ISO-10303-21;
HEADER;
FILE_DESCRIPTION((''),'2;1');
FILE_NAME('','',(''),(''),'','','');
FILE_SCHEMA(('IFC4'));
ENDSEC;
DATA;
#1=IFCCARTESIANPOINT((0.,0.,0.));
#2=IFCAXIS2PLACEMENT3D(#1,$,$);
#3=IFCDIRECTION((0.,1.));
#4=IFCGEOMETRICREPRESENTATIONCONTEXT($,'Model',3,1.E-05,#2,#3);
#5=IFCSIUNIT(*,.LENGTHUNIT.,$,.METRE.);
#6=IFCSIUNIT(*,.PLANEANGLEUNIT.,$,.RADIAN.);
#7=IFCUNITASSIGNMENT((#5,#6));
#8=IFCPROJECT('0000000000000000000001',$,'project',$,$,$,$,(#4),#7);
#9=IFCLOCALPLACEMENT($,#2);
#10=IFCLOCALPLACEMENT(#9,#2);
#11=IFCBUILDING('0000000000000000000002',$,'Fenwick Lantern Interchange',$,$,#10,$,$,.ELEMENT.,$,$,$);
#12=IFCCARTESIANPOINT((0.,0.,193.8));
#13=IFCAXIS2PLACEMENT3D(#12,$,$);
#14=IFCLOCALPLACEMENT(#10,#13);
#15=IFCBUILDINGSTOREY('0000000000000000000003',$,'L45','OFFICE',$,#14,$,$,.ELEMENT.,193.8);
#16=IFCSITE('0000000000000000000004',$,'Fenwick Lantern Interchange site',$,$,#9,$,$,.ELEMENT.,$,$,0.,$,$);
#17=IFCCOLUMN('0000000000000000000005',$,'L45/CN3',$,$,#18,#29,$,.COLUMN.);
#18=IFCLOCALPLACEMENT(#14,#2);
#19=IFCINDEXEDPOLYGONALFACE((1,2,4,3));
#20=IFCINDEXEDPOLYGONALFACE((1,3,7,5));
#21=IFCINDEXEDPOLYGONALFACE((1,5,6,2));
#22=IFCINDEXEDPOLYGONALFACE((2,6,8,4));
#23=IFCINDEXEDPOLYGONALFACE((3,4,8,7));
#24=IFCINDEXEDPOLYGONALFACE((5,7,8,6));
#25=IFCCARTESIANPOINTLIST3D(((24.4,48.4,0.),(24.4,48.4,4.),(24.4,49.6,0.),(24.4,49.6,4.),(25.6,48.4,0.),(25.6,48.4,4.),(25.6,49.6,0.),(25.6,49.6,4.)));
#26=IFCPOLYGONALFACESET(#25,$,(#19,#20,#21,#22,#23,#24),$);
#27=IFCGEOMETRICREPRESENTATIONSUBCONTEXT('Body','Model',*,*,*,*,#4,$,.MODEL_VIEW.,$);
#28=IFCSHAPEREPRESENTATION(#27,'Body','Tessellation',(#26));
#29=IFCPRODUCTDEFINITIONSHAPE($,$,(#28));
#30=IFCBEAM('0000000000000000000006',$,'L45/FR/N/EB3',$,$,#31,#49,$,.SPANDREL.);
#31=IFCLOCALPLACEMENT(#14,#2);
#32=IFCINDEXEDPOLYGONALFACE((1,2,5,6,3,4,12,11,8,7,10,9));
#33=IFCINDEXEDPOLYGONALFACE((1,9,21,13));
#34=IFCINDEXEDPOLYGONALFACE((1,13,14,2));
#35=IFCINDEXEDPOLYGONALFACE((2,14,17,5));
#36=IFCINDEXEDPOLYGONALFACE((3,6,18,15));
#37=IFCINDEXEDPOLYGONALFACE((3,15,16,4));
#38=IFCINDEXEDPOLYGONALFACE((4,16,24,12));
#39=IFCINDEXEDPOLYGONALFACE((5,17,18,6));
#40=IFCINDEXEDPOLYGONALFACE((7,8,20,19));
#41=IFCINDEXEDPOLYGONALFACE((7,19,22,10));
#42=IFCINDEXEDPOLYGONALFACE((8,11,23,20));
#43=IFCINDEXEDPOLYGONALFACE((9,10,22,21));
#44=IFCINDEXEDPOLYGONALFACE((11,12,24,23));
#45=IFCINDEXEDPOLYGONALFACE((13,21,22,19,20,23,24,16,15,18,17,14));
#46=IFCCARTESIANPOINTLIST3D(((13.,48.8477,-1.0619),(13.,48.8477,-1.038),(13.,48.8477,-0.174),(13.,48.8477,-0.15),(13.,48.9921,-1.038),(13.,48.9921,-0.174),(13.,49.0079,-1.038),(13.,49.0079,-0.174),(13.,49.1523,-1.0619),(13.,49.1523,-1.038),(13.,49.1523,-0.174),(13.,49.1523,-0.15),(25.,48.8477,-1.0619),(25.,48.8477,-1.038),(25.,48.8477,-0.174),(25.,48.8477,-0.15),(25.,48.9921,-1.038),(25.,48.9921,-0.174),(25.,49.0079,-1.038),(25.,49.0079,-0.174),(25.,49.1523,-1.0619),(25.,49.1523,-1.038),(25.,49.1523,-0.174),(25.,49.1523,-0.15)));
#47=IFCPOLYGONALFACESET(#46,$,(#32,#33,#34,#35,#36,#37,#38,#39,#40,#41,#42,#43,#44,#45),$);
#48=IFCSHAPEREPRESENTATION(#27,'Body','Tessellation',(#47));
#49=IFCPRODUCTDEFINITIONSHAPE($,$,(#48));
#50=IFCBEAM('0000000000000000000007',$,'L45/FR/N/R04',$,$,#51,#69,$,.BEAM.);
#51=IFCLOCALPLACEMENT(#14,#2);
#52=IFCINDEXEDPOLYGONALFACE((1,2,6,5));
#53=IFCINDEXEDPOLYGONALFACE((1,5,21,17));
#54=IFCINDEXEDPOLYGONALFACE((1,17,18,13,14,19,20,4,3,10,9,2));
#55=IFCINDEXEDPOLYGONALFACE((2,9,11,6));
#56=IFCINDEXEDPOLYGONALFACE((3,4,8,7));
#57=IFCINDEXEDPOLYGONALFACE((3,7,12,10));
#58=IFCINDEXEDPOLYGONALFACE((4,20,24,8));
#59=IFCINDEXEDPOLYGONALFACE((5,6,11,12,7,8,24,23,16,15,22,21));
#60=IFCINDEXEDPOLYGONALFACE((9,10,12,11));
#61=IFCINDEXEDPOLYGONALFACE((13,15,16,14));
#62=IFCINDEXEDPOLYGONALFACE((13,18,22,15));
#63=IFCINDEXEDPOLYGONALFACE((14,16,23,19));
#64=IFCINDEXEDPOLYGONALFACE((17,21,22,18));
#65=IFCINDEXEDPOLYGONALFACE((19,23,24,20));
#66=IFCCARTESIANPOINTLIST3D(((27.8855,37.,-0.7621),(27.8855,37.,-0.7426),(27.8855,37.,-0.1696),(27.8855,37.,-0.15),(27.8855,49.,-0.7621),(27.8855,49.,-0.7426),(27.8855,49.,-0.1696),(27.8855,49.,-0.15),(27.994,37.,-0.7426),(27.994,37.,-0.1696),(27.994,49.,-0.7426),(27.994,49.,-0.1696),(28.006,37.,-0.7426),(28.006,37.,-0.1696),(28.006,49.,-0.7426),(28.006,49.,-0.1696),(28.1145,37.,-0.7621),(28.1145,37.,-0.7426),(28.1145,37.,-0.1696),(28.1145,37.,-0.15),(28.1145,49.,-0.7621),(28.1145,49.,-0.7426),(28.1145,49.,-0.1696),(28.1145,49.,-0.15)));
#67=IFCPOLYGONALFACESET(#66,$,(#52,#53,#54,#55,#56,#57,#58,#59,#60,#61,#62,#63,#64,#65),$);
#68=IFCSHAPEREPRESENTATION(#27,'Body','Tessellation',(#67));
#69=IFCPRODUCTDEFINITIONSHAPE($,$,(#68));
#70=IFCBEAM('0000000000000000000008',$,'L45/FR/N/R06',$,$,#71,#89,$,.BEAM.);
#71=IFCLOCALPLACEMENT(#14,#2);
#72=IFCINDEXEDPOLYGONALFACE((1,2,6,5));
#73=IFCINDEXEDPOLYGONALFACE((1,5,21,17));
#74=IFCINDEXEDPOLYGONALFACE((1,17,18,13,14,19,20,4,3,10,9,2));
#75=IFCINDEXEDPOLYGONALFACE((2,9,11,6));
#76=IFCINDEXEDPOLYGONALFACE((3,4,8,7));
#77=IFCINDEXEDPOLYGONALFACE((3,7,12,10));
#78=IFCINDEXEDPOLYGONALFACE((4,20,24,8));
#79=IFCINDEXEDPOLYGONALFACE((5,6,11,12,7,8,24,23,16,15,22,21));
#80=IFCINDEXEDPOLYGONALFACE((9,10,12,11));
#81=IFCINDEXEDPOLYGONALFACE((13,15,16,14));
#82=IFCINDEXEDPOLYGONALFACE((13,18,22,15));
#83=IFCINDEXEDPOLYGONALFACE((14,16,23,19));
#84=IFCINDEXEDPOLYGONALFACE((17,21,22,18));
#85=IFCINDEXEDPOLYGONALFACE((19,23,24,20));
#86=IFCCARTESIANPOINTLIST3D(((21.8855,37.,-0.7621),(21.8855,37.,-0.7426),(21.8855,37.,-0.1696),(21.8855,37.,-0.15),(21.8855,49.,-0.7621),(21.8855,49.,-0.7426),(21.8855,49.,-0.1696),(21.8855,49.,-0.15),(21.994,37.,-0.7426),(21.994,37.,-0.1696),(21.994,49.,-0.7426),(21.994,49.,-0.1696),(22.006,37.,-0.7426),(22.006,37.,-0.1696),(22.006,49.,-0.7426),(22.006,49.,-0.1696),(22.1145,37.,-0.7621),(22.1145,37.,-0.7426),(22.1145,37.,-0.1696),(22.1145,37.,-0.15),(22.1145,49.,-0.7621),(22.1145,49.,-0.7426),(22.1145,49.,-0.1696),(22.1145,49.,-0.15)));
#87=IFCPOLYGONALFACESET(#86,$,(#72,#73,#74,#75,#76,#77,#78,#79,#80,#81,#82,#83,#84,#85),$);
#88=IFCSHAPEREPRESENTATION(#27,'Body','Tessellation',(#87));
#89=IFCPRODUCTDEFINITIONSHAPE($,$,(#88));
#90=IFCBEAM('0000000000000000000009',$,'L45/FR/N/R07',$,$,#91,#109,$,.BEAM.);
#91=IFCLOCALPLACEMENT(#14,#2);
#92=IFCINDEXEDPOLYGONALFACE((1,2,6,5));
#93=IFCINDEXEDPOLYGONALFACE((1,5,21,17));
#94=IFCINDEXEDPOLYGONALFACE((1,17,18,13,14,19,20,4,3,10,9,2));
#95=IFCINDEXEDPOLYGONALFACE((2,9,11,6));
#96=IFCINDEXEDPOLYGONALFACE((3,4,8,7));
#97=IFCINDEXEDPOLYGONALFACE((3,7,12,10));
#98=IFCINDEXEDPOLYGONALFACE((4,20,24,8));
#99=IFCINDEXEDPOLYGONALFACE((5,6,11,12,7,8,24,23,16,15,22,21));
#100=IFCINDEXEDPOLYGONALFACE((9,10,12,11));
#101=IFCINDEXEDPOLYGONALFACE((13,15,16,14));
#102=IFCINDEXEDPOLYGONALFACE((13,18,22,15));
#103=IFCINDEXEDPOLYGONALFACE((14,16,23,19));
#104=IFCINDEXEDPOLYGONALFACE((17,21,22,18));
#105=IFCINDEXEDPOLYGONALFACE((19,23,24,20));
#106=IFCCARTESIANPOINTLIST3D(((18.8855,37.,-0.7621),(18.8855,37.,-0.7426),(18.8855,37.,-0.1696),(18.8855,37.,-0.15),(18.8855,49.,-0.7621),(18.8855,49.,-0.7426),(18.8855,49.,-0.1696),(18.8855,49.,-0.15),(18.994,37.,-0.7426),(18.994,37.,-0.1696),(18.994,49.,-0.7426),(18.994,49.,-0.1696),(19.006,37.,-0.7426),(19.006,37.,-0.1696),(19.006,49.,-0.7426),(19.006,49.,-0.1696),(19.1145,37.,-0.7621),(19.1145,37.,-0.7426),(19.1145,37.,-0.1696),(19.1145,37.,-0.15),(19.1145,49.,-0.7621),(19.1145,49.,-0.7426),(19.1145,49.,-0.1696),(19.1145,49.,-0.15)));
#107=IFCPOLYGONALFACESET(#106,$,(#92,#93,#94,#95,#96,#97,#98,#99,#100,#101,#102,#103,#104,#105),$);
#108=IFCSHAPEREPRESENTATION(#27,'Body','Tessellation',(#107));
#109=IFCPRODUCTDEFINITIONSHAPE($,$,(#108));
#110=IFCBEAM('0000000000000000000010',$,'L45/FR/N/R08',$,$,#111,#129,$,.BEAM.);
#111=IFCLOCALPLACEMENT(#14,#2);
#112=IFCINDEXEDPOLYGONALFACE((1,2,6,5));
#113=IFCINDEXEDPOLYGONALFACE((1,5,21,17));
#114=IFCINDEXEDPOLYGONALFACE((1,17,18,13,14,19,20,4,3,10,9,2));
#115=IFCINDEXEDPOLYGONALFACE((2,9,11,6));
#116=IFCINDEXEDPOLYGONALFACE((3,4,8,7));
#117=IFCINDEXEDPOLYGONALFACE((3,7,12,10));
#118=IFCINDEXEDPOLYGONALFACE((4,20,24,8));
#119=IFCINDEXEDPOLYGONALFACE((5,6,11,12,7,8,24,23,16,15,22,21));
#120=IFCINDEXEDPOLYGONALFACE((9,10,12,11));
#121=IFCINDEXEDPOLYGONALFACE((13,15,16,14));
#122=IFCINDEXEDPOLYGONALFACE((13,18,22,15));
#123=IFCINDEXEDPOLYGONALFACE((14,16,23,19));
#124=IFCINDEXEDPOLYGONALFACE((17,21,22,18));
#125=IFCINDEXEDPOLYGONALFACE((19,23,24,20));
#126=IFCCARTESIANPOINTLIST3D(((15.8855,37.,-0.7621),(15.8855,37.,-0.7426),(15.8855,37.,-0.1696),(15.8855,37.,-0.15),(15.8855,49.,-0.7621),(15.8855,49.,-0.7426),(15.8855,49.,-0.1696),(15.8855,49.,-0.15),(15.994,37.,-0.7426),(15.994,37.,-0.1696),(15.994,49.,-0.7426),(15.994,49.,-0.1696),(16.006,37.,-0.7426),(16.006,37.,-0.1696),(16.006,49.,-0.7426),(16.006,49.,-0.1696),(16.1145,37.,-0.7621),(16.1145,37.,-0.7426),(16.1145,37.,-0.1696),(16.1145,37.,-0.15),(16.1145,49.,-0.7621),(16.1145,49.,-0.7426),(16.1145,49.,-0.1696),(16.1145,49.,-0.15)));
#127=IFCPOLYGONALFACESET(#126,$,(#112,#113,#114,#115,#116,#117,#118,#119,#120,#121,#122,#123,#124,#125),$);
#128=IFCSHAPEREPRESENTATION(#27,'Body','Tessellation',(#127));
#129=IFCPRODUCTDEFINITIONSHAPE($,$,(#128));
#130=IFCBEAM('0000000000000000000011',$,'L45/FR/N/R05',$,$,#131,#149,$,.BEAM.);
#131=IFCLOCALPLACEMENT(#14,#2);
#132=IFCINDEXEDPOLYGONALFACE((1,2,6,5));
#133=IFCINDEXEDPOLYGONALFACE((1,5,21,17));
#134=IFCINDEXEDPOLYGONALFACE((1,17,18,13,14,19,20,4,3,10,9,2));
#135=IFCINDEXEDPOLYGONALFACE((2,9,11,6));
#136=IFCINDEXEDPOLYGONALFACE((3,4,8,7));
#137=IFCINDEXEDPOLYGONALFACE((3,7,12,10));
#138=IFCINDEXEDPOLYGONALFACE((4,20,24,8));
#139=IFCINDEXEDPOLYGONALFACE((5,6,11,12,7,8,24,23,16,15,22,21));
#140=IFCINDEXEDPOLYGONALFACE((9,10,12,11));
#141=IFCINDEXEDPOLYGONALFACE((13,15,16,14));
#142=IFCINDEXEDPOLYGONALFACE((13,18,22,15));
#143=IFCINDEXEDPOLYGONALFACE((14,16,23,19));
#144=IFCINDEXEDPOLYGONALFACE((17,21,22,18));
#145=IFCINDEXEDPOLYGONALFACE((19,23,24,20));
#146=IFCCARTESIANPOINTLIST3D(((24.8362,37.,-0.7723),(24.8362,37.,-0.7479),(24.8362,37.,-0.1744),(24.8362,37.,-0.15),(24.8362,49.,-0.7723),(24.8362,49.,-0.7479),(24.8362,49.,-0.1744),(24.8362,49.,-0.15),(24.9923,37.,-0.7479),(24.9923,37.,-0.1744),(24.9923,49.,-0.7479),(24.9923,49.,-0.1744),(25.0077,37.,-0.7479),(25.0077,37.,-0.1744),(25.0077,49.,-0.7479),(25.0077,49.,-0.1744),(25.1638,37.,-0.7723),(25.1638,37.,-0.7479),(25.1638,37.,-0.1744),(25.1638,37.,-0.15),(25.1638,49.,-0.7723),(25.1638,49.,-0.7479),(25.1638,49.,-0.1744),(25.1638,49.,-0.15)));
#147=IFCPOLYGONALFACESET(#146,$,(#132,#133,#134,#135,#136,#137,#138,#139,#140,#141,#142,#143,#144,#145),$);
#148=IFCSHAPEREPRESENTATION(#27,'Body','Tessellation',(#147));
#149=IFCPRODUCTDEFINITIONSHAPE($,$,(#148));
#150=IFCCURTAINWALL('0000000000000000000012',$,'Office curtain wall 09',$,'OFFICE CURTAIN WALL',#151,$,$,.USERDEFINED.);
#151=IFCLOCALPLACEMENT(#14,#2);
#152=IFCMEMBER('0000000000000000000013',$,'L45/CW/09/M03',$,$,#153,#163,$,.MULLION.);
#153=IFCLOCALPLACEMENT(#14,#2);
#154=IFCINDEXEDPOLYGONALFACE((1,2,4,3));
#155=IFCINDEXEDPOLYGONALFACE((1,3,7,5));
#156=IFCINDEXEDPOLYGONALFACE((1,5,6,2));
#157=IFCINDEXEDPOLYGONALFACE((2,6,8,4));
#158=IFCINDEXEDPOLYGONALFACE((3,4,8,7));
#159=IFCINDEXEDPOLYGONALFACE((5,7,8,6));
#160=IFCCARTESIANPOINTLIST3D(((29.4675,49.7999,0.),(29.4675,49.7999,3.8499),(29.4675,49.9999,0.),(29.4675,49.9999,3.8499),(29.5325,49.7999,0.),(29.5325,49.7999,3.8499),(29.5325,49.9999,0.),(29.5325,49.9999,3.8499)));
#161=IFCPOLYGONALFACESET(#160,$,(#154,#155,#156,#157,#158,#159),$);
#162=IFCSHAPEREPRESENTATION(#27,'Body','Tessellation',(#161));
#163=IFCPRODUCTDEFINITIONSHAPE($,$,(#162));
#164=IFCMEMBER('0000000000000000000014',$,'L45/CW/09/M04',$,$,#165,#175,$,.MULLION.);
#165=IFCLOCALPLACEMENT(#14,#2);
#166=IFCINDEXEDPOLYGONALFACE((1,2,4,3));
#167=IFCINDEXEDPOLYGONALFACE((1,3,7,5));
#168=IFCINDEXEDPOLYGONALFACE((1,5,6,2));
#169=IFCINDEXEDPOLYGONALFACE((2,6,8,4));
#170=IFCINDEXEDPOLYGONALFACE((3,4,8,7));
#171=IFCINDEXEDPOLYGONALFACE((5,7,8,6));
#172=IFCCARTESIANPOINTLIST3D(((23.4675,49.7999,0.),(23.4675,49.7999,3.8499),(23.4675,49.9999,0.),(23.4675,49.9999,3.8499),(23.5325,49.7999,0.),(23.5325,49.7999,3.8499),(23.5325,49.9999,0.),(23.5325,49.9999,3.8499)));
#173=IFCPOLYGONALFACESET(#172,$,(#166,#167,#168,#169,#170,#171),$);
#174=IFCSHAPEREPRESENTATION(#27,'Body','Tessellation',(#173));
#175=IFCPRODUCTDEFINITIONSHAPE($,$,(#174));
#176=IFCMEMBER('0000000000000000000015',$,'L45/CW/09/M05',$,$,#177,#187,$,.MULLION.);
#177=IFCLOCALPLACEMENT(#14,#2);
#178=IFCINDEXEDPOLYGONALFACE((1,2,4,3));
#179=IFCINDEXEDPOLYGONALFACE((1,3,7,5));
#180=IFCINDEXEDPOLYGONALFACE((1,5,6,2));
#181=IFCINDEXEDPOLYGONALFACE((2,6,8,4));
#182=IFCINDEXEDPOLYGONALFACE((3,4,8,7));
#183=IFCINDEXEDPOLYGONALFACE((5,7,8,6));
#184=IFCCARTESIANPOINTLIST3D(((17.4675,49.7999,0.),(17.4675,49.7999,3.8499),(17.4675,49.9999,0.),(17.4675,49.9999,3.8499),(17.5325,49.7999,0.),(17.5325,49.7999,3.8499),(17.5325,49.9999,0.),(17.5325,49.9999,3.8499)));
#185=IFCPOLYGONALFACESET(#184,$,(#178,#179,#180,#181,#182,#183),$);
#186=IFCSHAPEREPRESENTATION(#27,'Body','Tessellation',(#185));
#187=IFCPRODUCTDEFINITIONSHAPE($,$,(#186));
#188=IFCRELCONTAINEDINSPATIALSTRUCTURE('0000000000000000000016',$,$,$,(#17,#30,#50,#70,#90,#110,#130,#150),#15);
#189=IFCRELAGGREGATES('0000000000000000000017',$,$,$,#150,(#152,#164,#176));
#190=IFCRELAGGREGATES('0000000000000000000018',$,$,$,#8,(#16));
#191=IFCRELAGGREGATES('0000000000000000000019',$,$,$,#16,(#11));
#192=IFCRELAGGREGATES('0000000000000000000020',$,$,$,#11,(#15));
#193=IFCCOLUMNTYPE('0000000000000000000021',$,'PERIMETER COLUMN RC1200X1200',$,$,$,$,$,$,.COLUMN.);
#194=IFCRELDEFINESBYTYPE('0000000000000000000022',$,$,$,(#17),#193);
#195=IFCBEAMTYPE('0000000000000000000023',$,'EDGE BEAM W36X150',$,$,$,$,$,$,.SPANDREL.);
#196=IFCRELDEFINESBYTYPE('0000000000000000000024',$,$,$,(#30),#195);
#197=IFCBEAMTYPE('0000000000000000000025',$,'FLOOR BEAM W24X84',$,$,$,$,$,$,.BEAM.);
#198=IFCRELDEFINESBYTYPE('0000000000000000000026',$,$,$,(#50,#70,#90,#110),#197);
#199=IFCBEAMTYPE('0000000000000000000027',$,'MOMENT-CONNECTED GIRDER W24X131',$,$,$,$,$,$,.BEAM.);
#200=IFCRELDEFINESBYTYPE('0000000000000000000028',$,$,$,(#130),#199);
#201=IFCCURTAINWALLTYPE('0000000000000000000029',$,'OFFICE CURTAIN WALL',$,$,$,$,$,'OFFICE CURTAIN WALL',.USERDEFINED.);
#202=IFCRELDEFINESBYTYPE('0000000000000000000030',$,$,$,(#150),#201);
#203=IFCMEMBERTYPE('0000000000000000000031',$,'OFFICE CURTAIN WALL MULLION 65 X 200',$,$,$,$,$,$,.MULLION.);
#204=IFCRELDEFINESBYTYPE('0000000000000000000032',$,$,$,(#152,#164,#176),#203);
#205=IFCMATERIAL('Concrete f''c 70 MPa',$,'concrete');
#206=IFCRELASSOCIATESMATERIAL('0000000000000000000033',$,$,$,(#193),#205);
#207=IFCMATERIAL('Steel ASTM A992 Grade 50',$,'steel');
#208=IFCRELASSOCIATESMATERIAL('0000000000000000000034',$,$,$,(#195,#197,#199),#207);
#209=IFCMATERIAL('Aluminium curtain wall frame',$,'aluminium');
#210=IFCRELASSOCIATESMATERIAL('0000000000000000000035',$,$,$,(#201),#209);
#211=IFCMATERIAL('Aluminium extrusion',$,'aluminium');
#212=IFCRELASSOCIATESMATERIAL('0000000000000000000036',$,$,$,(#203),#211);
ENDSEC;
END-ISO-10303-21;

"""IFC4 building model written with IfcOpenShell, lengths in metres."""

from ifc_helpers import new_model, si_unit, direction, frame, origin, origin_2d, place, context, subcontext, project, spatial, rectangle, i_section, extrude, material, material_profile, profile_set, type_object, element, aggregate, save


model = new_model("IFC4")

# Units and contexts
model_context = context("Model", 3, precision=1e-05, world=origin(), true_north=direction((0.0, 1.0)))
body_context = subcontext(model_context, "Body", "Model", "MODEL_VIEW")
ifc_project = project(units=[si_unit("LENGTHUNIT", "METRE"), si_unit("PLANEANGLEUNIT", "RADIAN")], contexts=[model_context])

# Site, building, storey
site_placement = place(None, origin())
site = spatial("IfcSite", under=ifc_project, at=site_placement, Name="Fenwick Lantern Interchange site", CompositionType="ELEMENT", RefElevation=0.0)
building_placement = place(site_placement, origin())
building = spatial("IfcBuilding", under=site, at=building_placement, Name="Fenwick Lantern Interchange", CompositionType="ELEMENT")
storey_placement = place(building_placement, frame((0.0, 0.0, 193.8)))
storey = spatial("IfcBuildingStorey", under=building, at=storey_placement, Name="L45", Description="OFFICE", CompositionType="ELEMENT", Elevation=193.8)

# Column
ifc_material_1 = material(Name="Concrete f'c 70 MPa", Category="concrete")
ifc_material_profile_1 = material_profile(ifc_material_1, rectangle(XDim=1.2, YDim=1.2, at=origin_2d()), Name="RC1200X1200")
ifc_profile_set_1 = profile_set([ifc_material_profile_1], Name="Concrete f'c 70 MPa")
column_type = type_object("IfcColumnType", Name="PERIMETER COLUMN RC1200X1200", PredefinedType="COLUMN", material=ifc_profile_set_1)
column_placement = place(storey_placement, frame((25.0, 49.0, 0.0), z_axis=(0.0, 0.0, 1.0), x_axis=(1.0, 0.0, 0.0)))
element("IfcColumn", 1, at=column_placement, inside=storey, type_object=column_type, Name="L45/CN3", PredefinedType="COLUMN", context=body_context, shape_type="SweptSolid", body=[
    extrude(rectangle(XDim=1.2, YDim=1.2, at=origin_2d()), origin(), (0.0, 0.0, 1.0), 4.0),
])

# Beams
ifc_material_2 = material(Name="Steel ASTM A992 Grade 50", Category="steel")
ifc_material_profile_2 = material_profile(ifc_material_2, i_section(OverallWidth=0.3047, OverallDepth=0.9119, WebThickness=0.0159, FlangeThickness=0.0239, at=origin_2d()), Name="W36X150")
ifc_profile_set_2 = profile_set([ifc_material_profile_2], Name="Steel ASTM A992 Grade 50")
beam_type_1 = type_object("IfcBeamType", Name="EDGE BEAM W36X150", PredefinedType="SPANDREL", material=ifc_profile_set_2)
beam_1_placement = place(storey_placement, frame((25.0, 49.0, -0.606), z_axis=(-1.0, 0.0, 0.0), x_axis=(0.0, -1.0, 0.0)))
element("IfcBeam", 2, at=beam_1_placement, inside=storey, type_object=beam_type_1, Name="L45/FR/N/EB3", PredefinedType="SPANDREL", context=body_context, shape_type="SweptSolid", body=[
    extrude(i_section(OverallWidth=0.3047, OverallDepth=0.9119, WebThickness=0.0159, FlangeThickness=0.0239, at=origin_2d()), origin(), (0.0, 0.0, 1.0), 12.0),
])
ifc_material_profile_3 = material_profile(ifc_material_2, i_section(OverallWidth=0.229, OverallDepth=0.6121, WebThickness=0.012, FlangeThickness=0.0195, at=origin_2d()), Name="W24X84")
ifc_profile_set_3 = profile_set([ifc_material_profile_3], Name="Steel ASTM A992 Grade 50")
beam_type_2 = type_object("IfcBeamType", Name="FLOOR BEAM W24X84", PredefinedType="BEAM", material=ifc_profile_set_3)
for number, where, z_axis, x_axis, name in (
    (3, (28.0, 49.0, -0.4561), (0.0, -1.0, 0.0), (1.0, 0.0, 0.0), "L45/FR/N/R04"),
    (4, (22.0, 49.0, -0.4561), (0.0, -1.0, 0.0), (1.0, 0.0, 0.0), "L45/FR/N/R06"),
    (5, (19.0, 49.0, -0.4561), (0.0, -1.0, 0.0), (1.0, 0.0, 0.0), "L45/FR/N/R07"),
    (6, (16.0, 49.0, -0.4561), (0.0, -1.0, 0.0), (1.0, 0.0, 0.0), "L45/FR/N/R08"),
):
    element("IfcBeam", number, at=place(storey_placement, frame(where, z_axis=z_axis, x_axis=x_axis)), inside=storey, type_object=beam_type_2, Name=name, PredefinedType="BEAM", context=body_context, shape_type="SweptSolid", body=[
        extrude(i_section(OverallWidth=0.229, OverallDepth=0.6121, WebThickness=0.012, FlangeThickness=0.0195, at=origin_2d()), origin(), (0.0, 0.0, 1.0), 12.0),
    ])
ifc_material_profile_4 = material_profile(ifc_material_2, i_section(OverallWidth=0.3276, OverallDepth=0.6223, WebThickness=0.0154, FlangeThickness=0.0244, at=origin_2d()), Name="W24X131")
ifc_profile_set_4 = profile_set([ifc_material_profile_4], Name="Steel ASTM A992 Grade 50")
beam_type_3 = type_object("IfcBeamType", Name="MOMENT-CONNECTED GIRDER W24X131", PredefinedType="BEAM", material=ifc_profile_set_4)
beam_2_placement = place(storey_placement, frame((25.0, 49.0, -0.4612), z_axis=(0.0, -1.0, 0.0), x_axis=(1.0, 0.0, 0.0)))
element("IfcBeam", 7, at=beam_2_placement, inside=storey, type_object=beam_type_3, Name="L45/FR/N/R05", PredefinedType="BEAM", context=body_context, shape_type="SweptSolid", body=[
    extrude(i_section(OverallWidth=0.3276, OverallDepth=0.6223, WebThickness=0.0154, FlangeThickness=0.0244, at=origin_2d()), origin(), (0.0, 0.0, 1.0), 12.0),
])

# Curtain wall, members
ifc_material_3 = material(Name="Aluminium curtain wall frame", Category="aluminium")
curtain_wall_type = type_object("IfcCurtainWallType", Name="OFFICE CURTAIN WALL", ElementType="OFFICE CURTAIN WALL", PredefinedType="USERDEFINED", material=ifc_material_3)
curtain_wall_placement = place(storey_placement, origin())
curtain_wall = element("IfcCurtainWall", 8, at=curtain_wall_placement, inside=storey, type_object=curtain_wall_type, Name="Office curtain wall 09", ObjectType="OFFICE CURTAIN WALL", PredefinedType="USERDEFINED")
ifc_material_4 = material(Name="Aluminium extrusion", Category="aluminium")
ifc_material_profile_5 = material_profile(ifc_material_4, rectangle(XDim=0.2, YDim=0.0649, at=origin_2d()), Name="OFFICE CURTAIN WALL MULLION 65 X 200")
ifc_profile_set_5 = profile_set([ifc_material_profile_5], Name="Aluminium extrusion")
member_type_1 = type_object("IfcMemberType", Name="OFFICE CURTAIN WALL MULLION 65 X 200", PredefinedType="MULLION", material=ifc_profile_set_5)
member_1_placement = place(storey_placement, frame((29.5, 49.8999, 0.0), z_axis=(0.0, 0.0, 1.0), x_axis=(0.0, -1.0, 0.0)))
member_1 = element("IfcMember", 9, at=member_1_placement, type_object=member_type_1, Name="L45/CW/09/M03", PredefinedType="MULLION", context=body_context, shape_type="SweptSolid", body=[
    extrude(rectangle(XDim=0.2, YDim=0.0649, at=origin_2d()), origin(), (0.0, 0.0, 1.0), 3.8499),
])
member_2_placement = place(storey_placement, frame((23.5, 49.8999, 0.0), z_axis=(0.0, 0.0, 1.0), x_axis=(0.0, -1.0, 0.0)))
member_2 = element("IfcMember", 10, at=member_2_placement, type_object=member_type_1, Name="L45/CW/09/M04", PredefinedType="MULLION", context=body_context, shape_type="SweptSolid", body=[
    extrude(rectangle(XDim=0.2, YDim=0.0649, at=origin_2d()), origin(), (0.0, 0.0, 1.0), 3.8499),
])
member_3_placement = place(storey_placement, frame((17.5, 49.8999, 0.0), z_axis=(0.0, 0.0, 1.0), x_axis=(0.0, -1.0, 0.0)))
member_3 = element("IfcMember", 11, at=member_3_placement, type_object=member_type_1, Name="L45/CW/09/M05", PredefinedType="MULLION", context=body_context, shape_type="SweptSolid", body=[
    extrude(rectangle(XDim=0.2, YDim=0.0649, at=origin_2d()), origin(), (0.0, 0.0, 1.0), 3.8499),
])
aggregate(curtain_wall, [member_1, member_2, member_3])

save(model, "model.ifc")
